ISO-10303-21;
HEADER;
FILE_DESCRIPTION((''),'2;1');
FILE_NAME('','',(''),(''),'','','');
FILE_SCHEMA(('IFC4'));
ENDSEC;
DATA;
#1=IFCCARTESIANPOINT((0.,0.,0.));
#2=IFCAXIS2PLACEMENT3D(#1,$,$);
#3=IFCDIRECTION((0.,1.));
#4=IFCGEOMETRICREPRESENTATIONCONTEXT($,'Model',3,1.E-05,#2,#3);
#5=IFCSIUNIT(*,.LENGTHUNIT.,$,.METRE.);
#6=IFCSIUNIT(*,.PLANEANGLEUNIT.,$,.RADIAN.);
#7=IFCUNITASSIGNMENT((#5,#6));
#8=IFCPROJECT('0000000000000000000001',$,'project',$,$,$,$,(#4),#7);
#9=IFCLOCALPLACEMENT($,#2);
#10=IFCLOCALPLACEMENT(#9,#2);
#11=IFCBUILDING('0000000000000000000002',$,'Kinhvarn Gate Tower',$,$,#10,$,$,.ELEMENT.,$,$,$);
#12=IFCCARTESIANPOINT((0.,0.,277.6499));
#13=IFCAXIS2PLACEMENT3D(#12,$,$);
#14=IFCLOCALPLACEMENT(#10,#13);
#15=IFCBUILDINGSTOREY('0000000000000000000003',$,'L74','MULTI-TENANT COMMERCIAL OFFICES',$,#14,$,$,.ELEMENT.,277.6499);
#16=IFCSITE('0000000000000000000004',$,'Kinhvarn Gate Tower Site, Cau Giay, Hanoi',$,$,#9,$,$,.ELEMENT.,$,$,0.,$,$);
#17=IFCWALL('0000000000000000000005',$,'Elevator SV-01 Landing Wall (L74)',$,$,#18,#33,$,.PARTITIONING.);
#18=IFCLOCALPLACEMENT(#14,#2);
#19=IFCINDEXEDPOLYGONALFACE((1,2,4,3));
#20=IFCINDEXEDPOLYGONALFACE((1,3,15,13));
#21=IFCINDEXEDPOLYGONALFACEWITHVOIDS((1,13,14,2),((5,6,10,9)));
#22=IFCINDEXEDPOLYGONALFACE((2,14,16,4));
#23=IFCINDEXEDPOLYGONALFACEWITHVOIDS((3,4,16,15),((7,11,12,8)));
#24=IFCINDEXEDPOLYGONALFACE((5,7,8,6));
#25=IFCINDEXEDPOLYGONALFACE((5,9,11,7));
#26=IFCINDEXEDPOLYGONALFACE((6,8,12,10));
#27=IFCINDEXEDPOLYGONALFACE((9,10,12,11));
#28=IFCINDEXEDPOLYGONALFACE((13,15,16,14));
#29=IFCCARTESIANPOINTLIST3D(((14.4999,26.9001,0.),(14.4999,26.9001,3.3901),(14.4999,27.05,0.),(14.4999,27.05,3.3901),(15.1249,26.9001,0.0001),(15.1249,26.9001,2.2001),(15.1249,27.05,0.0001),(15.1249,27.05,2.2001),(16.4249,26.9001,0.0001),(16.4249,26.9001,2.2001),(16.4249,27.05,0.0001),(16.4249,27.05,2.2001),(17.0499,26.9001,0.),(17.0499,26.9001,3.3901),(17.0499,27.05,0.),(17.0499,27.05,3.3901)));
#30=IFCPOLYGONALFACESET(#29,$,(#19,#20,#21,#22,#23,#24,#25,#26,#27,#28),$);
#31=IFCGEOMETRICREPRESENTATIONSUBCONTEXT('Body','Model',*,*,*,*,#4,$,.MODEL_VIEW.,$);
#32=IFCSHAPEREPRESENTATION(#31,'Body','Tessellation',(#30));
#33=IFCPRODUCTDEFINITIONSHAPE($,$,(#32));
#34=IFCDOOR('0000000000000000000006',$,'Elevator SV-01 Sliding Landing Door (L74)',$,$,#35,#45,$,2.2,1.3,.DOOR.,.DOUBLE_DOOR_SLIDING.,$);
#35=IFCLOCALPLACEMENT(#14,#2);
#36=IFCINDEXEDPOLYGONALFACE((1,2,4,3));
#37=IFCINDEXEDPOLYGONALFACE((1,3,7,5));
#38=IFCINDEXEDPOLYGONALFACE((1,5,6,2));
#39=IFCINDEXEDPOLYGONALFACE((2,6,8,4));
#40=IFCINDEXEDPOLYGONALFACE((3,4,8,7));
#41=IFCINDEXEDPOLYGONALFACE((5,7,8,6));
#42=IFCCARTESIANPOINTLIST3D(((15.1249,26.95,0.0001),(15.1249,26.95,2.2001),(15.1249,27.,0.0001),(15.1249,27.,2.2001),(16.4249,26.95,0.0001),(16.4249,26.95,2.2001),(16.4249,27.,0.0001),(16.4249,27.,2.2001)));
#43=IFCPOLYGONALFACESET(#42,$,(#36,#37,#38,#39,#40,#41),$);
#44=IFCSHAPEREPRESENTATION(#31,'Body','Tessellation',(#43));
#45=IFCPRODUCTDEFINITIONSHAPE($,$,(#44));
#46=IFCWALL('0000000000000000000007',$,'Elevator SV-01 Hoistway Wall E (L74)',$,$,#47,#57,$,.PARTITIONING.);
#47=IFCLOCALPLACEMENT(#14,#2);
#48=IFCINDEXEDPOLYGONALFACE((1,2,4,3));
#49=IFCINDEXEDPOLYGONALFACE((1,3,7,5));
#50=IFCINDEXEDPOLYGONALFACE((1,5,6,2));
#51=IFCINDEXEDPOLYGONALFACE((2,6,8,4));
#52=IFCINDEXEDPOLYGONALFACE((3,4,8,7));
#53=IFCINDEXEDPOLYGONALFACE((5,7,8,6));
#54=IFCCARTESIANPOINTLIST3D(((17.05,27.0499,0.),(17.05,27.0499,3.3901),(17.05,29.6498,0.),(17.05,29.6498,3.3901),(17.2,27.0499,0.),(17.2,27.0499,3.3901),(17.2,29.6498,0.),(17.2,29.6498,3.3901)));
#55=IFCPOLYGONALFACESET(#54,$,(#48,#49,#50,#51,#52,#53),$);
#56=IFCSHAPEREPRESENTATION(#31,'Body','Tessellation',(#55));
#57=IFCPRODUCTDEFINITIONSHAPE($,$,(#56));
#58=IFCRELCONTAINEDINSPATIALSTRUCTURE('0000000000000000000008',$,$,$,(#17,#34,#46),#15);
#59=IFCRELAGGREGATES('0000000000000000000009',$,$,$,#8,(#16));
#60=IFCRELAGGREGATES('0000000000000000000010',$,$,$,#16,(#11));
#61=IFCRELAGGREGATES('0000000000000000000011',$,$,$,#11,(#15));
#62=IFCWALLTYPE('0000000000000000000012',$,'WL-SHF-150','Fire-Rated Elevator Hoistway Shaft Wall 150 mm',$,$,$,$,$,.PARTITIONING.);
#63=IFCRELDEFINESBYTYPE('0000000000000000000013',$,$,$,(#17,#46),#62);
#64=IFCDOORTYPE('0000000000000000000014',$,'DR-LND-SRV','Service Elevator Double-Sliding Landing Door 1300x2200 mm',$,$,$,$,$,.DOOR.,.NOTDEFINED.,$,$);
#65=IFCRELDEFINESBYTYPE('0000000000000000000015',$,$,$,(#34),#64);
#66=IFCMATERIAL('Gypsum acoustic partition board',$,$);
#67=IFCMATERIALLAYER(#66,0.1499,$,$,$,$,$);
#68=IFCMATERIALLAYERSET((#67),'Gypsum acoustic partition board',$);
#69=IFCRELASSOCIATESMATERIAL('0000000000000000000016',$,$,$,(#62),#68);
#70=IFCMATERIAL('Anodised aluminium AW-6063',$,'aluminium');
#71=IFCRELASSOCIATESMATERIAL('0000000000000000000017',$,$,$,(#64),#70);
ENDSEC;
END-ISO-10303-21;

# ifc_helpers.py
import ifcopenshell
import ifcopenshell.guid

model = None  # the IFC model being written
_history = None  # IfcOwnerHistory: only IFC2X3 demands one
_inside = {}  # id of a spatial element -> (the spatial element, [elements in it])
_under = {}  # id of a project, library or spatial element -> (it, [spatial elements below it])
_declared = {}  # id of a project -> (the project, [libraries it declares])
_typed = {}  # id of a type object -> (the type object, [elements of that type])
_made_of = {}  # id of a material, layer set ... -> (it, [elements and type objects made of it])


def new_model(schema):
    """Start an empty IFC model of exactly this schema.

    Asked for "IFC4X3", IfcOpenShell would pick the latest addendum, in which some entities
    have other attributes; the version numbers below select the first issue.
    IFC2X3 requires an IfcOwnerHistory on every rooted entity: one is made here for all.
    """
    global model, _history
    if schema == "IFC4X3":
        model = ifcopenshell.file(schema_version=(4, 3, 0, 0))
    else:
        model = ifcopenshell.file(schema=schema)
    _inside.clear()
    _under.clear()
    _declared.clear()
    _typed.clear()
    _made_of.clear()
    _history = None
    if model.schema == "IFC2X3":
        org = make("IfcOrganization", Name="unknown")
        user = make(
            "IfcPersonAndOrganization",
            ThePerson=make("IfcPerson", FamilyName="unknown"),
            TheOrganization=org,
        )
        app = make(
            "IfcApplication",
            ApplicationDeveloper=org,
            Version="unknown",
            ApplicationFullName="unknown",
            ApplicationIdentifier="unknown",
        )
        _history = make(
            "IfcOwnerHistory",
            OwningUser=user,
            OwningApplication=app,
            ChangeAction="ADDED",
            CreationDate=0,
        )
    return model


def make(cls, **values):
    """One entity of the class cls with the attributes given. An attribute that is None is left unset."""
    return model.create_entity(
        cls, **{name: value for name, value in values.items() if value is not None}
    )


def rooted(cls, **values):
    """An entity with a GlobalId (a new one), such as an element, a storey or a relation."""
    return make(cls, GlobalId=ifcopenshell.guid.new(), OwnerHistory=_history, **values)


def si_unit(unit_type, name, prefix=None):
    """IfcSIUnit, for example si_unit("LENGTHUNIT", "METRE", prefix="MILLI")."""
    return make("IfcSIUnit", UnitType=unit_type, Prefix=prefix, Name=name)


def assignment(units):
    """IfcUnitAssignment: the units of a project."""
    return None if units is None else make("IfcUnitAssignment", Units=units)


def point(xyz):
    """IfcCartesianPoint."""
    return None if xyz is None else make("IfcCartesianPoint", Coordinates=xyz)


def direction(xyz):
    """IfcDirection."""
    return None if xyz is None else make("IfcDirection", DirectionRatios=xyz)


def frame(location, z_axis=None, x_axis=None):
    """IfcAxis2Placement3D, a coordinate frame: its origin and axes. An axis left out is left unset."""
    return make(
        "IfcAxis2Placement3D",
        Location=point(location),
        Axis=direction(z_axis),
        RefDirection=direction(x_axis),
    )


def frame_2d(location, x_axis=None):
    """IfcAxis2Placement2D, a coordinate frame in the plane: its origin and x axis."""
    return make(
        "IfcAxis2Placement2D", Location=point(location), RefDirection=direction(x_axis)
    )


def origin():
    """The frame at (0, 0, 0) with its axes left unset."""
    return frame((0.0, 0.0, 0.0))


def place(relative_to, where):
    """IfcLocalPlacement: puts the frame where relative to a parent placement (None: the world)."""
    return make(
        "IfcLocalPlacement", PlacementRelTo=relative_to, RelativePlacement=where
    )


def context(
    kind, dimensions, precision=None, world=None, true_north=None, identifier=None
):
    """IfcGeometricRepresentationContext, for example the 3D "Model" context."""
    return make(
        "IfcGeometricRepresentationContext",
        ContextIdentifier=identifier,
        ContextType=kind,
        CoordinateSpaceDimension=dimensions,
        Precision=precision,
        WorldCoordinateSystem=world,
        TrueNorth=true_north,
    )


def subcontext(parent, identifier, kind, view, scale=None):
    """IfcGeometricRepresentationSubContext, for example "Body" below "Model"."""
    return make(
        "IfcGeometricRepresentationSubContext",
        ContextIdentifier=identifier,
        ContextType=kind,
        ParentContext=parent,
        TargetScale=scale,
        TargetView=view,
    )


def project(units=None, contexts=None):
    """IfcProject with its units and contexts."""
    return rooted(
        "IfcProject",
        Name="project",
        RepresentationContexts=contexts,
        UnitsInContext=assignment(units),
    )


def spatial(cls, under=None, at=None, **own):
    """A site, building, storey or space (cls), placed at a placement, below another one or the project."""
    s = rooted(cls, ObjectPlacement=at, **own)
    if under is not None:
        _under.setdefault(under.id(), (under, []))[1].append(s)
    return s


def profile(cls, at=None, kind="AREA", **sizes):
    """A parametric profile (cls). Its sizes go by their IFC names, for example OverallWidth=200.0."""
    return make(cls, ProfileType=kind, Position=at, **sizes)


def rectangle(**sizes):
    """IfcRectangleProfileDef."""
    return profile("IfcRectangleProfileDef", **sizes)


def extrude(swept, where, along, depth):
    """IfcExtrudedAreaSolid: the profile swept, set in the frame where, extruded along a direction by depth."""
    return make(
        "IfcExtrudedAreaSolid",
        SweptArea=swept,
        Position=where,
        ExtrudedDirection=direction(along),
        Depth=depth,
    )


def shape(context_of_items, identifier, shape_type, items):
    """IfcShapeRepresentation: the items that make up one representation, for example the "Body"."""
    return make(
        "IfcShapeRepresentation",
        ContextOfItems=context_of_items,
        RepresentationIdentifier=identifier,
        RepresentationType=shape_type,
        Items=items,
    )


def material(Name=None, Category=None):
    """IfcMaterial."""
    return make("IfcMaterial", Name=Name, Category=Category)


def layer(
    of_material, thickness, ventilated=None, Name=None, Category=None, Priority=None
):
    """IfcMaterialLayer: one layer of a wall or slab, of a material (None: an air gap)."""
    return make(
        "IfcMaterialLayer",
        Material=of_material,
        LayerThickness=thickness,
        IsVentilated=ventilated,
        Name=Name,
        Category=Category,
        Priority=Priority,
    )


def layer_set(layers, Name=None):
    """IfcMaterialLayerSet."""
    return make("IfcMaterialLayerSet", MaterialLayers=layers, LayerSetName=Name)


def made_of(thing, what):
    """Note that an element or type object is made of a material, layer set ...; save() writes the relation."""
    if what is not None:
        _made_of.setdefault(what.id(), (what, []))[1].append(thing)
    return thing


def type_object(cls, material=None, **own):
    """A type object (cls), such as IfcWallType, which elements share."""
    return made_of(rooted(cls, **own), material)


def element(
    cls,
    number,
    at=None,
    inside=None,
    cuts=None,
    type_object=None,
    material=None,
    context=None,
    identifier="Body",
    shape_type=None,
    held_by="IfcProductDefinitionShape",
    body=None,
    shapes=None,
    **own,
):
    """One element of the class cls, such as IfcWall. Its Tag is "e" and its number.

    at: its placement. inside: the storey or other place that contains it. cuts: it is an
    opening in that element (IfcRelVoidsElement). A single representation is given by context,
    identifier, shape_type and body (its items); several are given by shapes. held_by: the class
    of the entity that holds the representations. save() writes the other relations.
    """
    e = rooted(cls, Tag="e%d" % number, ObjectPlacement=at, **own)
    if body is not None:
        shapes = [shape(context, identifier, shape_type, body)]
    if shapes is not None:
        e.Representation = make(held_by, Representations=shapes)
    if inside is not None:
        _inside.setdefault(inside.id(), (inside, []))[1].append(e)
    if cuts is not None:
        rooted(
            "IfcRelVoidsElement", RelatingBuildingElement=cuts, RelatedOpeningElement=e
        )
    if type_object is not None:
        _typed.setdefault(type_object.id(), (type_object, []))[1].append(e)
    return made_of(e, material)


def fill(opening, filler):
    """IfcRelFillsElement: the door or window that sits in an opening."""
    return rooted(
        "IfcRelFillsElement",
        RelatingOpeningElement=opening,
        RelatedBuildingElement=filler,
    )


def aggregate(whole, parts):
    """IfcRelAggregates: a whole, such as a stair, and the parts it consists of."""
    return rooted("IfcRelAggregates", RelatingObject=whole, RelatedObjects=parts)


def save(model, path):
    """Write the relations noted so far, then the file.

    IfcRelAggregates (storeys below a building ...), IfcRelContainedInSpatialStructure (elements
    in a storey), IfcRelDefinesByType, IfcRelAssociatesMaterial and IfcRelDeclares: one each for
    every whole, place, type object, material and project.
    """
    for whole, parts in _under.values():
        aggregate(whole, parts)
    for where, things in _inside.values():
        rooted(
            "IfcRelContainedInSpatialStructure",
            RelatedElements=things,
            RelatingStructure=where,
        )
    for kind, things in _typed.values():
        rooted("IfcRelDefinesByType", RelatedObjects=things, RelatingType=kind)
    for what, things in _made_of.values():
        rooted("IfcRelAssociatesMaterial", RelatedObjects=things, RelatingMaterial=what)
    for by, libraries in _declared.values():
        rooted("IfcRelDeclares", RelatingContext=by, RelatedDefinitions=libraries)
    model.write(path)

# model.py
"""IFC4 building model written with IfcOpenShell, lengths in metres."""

from ifc_helpers import new_model, si_unit, direction, frame, frame_2d, origin, place, context, subcontext, project, spatial, rectangle, extrude, material, layer, layer_set, type_object, element, fill, save


model = new_model("IFC4")

# Units and contexts
model_context = context("Model", 3, precision=1e-05, world=origin(), true_north=direction((0.0, 1.0)))
body_context = subcontext(model_context, "Body", "Model", "MODEL_VIEW")
ifc_project = project(units=[si_unit("LENGTHUNIT", "METRE"), si_unit("PLANEANGLEUNIT", "RADIAN")], contexts=[model_context])

# Site, building, storey
site_placement = place(None, origin())
site = spatial("IfcSite", under=ifc_project, at=site_placement, Name="Kinhvarn Gate Tower Site, Cau Giay, Hanoi", CompositionType="ELEMENT", RefElevation=0.0)
building_placement = place(site_placement, origin())
building = spatial("IfcBuilding", under=site, at=building_placement, Name="Kinhvarn Gate Tower", CompositionType="ELEMENT")
storey_placement = place(building_placement, frame((0.0, 0.0, 277.6499)))
storey = spatial("IfcBuildingStorey", under=building, at=storey_placement, Name="L74", Description="MULTI-TENANT COMMERCIAL OFFICES", CompositionType="ELEMENT", Elevation=277.6499)

# Shared definitions
ifc_material_1 = material(Name="Anodised aluminium AW-6063", Category="aluminium")

# Shared definitions
ifc_material_2 = material(Name="Gypsum acoustic partition board")

# Shared definitions
ifc_layer_1 = layer(ifc_material_2, 0.1499)
ifc_layer_set_1 = layer_set([ifc_layer_1], Name="Gypsum acoustic partition board")
wall_type_1 = type_object("IfcWallType", Name="WL-SHF-150", Description="Fire-Rated Elevator Hoistway Shaft Wall 150 mm", PredefinedType="PARTITIONING", material=ifc_layer_set_1)

# Wall, opening, door
wall_1_placement = place(storey_placement, frame((14.5, 26.9751, 0.0), z_axis=(0.0, 0.0, 1.0), x_axis=(1.0, 0.0, 0.0)))
wall_1 = element("IfcWall", 1, at=wall_1_placement, inside=storey, type_object=wall_type_1, Name="Elevator SV-01 Landing Wall (L74)", PredefinedType="PARTITIONING", context=body_context, shape_type="SweptSolid", body=[
    extrude(rectangle(XDim=2.55, YDim=0.1499, at=frame_2d((1.2749, 0.0))), origin(), (0.0, 0.0, 1.0), 3.3901),
])
opening_1_placement = place(wall_1_placement, frame((0.625, 0.0, 0.0)))
opening_1 = element("IfcOpeningElement", 2, at=opening_1_placement, cuts=wall_1, PredefinedType="OPENING", context=body_context, shape_type="SweptSolid", body=[
    extrude(rectangle(XDim=1.3, YDim=2.2, at=frame_2d((0.6499, 1.1001))), frame((0.0, 0.085, 0.0), z_axis=(0.0, -1.0, 0.0), x_axis=(1.0, 0.0, 0.0)), (0.0, 0.0, 1.0), 0.1699),
])
door_type_1 = type_object("IfcDoorType", Name="DR-LND-SRV", Description="Service Elevator Double-Sliding Landing Door 1300x2200 mm", OperationType="NOTDEFINED", PredefinedType="DOOR", material=ifc_material_1)
door_1_placement = place(opening_1_placement, origin())
door_1 = element("IfcDoor", 3, at=door_1_placement, inside=storey, type_object=door_type_1, Name="Elevator SV-01 Sliding Landing Door (L74)", OperationType="DOUBLE_DOOR_SLIDING", OverallHeight=2.2, OverallWidth=1.3, PredefinedType="DOOR", context=body_context, shape_type="SweptSolid", body=[
    extrude(rectangle(XDim=1.3, YDim=2.2, at=frame_2d((0.6499, 1.1001))), frame((0.0, 0.0249, 0.0), z_axis=(0.0, -1.0, 0.0), x_axis=(1.0, 0.0, 0.0)), (0.0, 0.0, 1.0), 0.05),
])
fill(opening_1, door_1)

# Wall
wall_2_placement = place(storey_placement, frame((17.125, 27.05, 0.0), z_axis=(0.0, 0.0, 1.0), x_axis=(0.0, 1.0, 0.0)))
element("IfcWall", 4, at=wall_2_placement, inside=storey, type_object=wall_type_1, Name="Elevator SV-01 Hoistway Wall E (L74)", PredefinedType="PARTITIONING", context=body_context, shape_type="SweptSolid", body=[
    extrude(rectangle(XDim=2.5999, YDim=0.1499, at=frame_2d((1.2998, 0.0))), origin(), (0.0, 0.0, 1.0), 3.3901),
])

save(model, "model.ifc")
